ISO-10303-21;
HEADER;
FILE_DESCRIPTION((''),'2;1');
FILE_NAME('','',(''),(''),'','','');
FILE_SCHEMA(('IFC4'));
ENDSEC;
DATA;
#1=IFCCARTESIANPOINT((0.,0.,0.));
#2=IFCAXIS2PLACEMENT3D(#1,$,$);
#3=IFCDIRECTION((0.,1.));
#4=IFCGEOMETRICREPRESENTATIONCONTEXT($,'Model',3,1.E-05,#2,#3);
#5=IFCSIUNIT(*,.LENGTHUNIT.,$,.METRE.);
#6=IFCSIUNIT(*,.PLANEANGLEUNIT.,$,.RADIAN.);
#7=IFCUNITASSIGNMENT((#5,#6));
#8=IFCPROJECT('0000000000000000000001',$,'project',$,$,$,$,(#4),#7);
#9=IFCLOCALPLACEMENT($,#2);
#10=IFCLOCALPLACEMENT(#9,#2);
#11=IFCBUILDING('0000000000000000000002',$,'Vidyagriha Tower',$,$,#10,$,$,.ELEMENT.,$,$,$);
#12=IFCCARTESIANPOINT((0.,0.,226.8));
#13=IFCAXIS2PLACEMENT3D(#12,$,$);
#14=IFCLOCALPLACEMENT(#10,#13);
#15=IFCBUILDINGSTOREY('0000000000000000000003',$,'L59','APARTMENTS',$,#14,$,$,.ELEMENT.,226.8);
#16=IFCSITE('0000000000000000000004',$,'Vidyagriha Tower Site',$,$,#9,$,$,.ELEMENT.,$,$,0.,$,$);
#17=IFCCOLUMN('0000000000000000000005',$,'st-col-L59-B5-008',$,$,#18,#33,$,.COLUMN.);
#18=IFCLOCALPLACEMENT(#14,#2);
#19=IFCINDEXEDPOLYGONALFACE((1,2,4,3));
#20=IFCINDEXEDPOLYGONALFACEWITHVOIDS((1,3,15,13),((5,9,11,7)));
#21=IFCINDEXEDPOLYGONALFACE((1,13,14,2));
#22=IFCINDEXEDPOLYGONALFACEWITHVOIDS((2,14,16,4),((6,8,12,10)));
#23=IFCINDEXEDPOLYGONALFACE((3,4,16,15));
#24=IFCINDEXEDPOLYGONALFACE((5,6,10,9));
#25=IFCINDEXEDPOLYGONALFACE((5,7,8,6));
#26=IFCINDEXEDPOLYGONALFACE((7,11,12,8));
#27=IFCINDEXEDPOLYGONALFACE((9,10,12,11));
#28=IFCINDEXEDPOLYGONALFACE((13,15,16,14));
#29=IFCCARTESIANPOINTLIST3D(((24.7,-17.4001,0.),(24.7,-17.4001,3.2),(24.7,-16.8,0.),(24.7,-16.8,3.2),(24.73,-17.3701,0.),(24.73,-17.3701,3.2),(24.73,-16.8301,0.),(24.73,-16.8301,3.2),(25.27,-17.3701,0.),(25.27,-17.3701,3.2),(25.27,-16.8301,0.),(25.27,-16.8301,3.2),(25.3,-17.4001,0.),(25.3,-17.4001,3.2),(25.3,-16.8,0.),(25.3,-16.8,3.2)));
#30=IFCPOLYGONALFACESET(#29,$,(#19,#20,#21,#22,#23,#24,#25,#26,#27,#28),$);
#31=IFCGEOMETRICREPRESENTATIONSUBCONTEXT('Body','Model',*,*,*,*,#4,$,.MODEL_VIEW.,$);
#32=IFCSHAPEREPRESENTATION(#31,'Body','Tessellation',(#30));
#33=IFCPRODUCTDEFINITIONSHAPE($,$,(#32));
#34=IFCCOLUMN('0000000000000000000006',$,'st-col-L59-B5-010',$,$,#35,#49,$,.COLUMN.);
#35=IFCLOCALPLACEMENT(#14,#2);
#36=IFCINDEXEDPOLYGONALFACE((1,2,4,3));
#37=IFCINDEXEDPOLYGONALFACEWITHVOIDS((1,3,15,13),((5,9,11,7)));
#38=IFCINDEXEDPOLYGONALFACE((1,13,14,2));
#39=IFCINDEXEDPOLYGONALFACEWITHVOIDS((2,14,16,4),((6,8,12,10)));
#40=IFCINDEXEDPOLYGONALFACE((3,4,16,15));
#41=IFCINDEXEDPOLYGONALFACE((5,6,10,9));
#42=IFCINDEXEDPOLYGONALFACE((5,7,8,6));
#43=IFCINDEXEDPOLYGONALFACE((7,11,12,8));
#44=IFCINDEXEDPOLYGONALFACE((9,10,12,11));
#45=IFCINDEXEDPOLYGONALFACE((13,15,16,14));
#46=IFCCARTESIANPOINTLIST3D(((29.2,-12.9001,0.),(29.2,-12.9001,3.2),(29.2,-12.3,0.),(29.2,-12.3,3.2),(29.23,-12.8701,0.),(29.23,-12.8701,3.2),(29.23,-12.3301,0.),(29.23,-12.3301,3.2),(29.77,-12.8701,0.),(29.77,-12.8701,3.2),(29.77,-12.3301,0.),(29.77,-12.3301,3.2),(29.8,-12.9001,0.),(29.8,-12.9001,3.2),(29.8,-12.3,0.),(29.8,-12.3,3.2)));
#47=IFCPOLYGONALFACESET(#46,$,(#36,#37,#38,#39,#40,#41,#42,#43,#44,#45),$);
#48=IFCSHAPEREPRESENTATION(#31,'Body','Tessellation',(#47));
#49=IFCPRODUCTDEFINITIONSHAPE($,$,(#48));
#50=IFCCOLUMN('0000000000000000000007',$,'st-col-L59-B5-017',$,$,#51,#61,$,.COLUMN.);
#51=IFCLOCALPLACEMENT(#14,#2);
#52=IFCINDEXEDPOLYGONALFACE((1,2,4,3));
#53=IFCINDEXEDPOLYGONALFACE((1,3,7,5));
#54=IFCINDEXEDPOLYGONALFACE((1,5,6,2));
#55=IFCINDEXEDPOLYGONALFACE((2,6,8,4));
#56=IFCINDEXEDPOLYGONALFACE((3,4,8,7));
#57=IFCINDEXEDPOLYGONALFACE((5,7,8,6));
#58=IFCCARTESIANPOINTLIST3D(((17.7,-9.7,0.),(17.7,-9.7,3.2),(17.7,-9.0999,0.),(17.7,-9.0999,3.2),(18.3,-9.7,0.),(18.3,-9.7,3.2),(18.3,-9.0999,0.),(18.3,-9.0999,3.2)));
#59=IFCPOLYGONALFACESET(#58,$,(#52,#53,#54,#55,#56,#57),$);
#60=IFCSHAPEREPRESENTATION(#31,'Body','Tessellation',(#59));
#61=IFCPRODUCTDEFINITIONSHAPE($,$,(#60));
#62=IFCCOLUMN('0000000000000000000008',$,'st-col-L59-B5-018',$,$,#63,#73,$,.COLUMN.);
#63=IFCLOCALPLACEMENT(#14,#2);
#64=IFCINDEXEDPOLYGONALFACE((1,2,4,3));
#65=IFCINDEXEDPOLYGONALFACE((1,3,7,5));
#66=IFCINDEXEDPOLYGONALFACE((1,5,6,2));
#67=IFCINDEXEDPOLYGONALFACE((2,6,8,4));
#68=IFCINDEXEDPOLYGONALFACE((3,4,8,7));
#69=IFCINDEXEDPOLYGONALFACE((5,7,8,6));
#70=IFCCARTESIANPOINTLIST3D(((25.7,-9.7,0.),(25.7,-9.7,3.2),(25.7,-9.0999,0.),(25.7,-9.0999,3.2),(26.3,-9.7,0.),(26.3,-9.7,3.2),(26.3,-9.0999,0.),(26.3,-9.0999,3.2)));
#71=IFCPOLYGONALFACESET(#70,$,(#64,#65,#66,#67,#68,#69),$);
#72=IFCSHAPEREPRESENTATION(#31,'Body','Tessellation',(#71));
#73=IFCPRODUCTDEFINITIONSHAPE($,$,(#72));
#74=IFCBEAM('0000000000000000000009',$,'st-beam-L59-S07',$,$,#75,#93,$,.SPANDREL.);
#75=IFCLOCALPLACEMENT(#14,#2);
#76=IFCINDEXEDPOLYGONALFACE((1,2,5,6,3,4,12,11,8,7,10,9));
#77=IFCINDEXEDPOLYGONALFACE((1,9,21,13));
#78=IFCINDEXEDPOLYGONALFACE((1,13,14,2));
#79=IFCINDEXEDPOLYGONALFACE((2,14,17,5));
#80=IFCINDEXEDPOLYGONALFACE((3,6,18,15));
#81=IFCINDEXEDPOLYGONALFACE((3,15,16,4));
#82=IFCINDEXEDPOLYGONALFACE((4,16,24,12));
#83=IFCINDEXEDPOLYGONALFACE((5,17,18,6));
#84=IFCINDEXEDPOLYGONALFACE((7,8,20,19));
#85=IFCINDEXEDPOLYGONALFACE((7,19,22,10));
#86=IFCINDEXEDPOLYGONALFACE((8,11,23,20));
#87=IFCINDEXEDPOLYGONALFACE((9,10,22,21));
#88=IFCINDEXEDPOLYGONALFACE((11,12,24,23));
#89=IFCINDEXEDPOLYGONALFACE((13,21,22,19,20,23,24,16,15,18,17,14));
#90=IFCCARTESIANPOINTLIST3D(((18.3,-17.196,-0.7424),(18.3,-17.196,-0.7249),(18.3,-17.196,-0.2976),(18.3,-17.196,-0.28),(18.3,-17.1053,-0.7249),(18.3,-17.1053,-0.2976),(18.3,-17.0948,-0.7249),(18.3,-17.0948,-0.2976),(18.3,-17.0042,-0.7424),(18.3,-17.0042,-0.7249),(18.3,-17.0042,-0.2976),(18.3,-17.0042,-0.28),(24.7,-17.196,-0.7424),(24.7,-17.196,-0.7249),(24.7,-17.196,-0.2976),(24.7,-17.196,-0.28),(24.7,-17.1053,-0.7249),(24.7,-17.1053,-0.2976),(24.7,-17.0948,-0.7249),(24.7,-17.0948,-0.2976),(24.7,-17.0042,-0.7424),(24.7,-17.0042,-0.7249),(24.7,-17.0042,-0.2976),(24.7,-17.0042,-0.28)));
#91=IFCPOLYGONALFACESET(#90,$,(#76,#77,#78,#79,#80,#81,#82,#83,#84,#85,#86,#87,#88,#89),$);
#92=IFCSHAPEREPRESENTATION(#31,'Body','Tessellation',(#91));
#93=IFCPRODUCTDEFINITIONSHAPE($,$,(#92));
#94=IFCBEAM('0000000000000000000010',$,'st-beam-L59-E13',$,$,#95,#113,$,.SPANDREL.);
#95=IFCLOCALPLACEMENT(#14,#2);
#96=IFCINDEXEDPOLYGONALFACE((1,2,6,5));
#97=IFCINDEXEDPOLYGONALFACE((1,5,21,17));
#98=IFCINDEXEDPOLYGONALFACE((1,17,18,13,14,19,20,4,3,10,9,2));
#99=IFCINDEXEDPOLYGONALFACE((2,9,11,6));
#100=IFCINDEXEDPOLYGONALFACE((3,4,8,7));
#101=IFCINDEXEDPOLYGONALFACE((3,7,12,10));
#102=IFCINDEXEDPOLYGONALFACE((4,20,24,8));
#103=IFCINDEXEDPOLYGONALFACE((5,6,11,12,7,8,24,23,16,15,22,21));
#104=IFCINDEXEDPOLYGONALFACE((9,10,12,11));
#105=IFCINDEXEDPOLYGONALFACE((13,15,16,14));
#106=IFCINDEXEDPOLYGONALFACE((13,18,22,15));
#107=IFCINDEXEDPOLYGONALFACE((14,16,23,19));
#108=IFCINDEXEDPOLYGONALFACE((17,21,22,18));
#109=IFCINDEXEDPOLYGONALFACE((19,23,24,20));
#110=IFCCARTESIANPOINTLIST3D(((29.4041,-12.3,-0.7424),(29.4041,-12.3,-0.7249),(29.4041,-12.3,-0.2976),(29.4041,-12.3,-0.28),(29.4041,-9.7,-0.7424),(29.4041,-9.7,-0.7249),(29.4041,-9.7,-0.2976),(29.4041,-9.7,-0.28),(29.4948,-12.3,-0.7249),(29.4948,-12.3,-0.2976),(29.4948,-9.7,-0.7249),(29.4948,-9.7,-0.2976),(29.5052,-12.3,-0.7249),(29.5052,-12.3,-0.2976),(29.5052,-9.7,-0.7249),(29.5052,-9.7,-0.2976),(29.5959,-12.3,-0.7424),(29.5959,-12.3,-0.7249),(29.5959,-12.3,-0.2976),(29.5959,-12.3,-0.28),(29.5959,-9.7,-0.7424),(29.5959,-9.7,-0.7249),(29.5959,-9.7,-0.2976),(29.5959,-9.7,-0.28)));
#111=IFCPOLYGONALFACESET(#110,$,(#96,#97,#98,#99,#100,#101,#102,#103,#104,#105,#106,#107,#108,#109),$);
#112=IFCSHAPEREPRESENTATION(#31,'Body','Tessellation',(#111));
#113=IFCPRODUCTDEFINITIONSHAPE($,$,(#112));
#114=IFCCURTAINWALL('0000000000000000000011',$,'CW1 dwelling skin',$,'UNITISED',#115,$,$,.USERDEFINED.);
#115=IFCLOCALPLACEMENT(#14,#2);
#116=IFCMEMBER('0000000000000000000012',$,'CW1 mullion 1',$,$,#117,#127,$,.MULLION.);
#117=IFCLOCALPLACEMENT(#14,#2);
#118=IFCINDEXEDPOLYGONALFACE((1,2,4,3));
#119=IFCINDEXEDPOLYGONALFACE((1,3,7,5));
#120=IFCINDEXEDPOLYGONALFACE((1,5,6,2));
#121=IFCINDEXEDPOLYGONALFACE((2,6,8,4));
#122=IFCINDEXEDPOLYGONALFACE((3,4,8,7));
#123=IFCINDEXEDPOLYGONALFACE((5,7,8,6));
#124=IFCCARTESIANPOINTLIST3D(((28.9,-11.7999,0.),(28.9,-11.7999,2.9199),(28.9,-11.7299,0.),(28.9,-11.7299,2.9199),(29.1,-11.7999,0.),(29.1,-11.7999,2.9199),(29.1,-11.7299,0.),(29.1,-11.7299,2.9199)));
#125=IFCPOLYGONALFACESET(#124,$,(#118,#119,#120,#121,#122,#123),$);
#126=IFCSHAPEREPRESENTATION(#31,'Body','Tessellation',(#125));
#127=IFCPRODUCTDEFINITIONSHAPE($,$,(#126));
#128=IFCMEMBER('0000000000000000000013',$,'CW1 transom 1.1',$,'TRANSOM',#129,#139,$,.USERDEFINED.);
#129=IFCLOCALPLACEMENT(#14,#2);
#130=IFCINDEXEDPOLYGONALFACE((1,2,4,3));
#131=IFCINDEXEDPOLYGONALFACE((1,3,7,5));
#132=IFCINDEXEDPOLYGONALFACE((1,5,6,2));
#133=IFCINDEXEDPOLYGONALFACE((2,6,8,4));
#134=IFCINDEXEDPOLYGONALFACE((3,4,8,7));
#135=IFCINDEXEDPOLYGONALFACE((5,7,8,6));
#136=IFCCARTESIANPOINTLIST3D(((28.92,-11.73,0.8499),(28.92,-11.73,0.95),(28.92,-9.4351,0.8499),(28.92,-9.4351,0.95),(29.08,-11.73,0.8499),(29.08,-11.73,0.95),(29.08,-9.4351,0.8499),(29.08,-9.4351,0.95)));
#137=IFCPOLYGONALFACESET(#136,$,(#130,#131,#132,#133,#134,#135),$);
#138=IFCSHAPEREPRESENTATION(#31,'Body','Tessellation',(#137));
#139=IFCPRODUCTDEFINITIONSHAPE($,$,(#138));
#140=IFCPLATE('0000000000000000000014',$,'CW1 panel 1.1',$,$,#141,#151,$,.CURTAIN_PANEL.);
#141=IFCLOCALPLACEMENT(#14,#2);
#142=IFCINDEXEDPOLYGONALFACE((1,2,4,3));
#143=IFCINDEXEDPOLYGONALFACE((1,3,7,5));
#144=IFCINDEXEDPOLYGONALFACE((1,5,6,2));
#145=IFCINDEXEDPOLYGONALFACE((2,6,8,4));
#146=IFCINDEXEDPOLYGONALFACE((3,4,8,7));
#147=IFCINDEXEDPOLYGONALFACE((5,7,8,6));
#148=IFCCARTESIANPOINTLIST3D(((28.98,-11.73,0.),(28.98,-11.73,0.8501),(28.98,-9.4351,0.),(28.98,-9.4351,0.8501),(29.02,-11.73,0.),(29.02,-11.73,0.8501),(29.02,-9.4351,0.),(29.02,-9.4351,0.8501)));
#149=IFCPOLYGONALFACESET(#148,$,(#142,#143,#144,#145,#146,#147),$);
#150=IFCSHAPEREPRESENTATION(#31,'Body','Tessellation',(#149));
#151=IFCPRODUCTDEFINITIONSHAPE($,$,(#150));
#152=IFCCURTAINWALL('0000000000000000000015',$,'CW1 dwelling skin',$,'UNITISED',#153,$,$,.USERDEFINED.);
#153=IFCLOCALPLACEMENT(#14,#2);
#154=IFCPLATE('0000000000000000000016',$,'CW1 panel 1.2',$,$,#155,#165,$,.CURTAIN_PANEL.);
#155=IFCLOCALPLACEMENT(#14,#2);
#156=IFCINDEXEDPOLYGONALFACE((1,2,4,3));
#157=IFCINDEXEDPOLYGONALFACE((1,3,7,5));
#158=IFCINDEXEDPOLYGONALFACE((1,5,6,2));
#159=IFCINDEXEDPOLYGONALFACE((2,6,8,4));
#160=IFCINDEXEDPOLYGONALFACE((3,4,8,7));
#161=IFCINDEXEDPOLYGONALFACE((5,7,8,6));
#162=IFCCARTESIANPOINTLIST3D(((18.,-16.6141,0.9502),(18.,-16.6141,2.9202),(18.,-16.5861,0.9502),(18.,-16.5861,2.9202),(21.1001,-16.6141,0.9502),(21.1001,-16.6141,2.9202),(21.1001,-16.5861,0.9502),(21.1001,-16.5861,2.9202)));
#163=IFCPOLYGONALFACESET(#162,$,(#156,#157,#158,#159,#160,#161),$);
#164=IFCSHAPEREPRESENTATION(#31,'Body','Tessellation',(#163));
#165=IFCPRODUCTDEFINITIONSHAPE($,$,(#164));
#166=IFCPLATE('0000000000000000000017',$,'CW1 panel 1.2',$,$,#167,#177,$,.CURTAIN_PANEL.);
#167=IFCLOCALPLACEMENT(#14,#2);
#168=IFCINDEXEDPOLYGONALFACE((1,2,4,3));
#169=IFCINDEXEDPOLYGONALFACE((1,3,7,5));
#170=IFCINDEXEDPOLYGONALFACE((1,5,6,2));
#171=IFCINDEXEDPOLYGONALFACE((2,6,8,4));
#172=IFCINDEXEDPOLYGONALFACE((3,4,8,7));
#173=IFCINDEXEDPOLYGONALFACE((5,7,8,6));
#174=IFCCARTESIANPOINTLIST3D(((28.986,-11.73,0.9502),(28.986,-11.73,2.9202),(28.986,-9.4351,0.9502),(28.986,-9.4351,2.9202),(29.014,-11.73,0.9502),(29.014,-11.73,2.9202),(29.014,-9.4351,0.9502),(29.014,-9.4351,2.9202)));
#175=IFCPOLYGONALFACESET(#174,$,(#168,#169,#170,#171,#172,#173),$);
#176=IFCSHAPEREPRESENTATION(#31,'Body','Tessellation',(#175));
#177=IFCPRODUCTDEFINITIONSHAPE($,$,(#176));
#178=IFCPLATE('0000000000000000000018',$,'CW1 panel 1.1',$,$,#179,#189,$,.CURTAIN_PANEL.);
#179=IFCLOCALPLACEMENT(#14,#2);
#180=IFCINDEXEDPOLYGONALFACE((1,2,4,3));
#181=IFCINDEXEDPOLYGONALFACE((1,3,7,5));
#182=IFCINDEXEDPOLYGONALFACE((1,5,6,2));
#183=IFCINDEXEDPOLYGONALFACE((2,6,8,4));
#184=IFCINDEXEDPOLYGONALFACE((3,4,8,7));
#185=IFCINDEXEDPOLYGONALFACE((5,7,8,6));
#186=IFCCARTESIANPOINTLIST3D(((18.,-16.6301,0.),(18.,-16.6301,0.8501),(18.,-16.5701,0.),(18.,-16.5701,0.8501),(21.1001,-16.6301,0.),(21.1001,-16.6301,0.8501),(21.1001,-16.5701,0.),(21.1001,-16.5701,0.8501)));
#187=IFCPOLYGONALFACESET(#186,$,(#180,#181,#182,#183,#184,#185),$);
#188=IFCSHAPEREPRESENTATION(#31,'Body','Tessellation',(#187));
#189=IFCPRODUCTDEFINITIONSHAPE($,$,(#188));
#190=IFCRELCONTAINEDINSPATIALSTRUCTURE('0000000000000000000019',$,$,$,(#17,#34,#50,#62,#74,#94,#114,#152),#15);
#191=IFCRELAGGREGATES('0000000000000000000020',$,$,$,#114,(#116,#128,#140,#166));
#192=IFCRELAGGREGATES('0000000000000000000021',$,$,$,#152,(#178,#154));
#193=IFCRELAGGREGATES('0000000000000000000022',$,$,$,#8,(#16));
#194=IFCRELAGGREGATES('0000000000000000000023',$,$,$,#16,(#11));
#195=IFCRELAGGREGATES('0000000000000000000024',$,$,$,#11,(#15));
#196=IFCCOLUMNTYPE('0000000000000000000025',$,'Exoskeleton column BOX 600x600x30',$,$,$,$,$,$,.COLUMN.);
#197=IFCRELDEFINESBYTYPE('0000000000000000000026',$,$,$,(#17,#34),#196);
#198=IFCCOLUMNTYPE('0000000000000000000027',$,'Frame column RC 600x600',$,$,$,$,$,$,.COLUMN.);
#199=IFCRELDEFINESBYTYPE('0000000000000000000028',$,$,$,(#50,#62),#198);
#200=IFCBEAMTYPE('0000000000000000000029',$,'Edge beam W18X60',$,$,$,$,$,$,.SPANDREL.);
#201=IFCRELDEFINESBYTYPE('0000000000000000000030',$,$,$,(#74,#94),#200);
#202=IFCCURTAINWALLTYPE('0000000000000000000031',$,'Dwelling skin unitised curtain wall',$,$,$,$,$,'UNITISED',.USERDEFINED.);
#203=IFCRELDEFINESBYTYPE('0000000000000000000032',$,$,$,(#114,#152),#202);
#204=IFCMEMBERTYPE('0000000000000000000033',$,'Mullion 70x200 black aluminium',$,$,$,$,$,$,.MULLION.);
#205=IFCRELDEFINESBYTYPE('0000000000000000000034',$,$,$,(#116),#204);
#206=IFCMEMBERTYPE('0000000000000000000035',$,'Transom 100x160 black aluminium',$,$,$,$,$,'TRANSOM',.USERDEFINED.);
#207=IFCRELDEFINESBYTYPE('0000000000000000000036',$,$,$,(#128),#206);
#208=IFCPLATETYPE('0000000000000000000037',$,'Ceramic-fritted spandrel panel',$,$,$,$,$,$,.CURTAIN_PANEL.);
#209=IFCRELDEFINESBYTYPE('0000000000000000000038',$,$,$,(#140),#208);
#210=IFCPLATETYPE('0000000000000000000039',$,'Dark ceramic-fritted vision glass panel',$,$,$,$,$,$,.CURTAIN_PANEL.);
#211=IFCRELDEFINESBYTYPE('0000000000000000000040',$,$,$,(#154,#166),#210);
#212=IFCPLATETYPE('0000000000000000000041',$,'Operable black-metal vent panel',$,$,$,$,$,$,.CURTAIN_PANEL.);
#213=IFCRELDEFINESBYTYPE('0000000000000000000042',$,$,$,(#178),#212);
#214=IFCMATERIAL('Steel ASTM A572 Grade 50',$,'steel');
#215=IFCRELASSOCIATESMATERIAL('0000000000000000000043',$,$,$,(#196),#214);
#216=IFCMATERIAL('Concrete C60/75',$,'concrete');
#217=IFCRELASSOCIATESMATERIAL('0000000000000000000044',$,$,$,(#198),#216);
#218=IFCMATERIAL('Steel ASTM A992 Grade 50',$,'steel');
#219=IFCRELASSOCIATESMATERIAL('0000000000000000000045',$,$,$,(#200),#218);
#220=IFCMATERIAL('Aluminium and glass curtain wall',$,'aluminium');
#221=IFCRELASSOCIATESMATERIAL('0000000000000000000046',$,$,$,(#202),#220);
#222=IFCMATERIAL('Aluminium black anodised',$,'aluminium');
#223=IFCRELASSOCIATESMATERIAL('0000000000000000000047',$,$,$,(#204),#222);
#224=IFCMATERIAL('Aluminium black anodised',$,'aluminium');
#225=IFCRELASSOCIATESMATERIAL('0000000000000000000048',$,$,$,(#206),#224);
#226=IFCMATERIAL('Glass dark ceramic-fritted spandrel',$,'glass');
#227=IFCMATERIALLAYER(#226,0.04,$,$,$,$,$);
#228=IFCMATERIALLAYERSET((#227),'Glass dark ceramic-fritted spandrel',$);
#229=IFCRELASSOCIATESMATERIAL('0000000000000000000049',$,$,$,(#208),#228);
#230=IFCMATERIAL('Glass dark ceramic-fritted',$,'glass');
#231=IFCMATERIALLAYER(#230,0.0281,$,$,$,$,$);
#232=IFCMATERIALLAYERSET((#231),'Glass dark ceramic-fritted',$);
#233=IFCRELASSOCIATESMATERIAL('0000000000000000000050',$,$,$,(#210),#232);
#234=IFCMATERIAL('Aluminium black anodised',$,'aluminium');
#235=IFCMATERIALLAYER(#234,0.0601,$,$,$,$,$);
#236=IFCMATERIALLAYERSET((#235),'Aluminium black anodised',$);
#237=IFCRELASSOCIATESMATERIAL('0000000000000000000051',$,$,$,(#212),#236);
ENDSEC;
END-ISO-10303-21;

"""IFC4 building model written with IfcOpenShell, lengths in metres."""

from ifc_helpers import new_model, si_unit, direction, frame, origin, origin_2d, place, context, subcontext, project, spatial, rectangle, hollow_rectangle, i_section, extrude, material, layer, layer_set, material_profile, profile_set, type_object, element, aggregate, save


model = new_model("IFC4")

# Units and contexts
model_context = context("Model", 3, precision=1e-05, world=origin(), true_north=direction((0.0, 1.0)))
body_context = subcontext(model_context, "Body", "Model", "MODEL_VIEW")
ifc_project = project(units=[si_unit("LENGTHUNIT", "METRE"), si_unit("PLANEANGLEUNIT", "RADIAN")], contexts=[model_context])

# Site, building, storey
site_placement = place(None, origin())
site = spatial("IfcSite", under=ifc_project, at=site_placement, Name="Vidyagriha Tower Site", CompositionType="ELEMENT", RefElevation=0.0)
building_placement = place(site_placement, origin())
building = spatial("IfcBuilding", under=site, at=building_placement, Name="Vidyagriha Tower", CompositionType="ELEMENT")
storey_placement = place(building_placement, frame((0.0, 0.0, 226.8)))
storey = spatial("IfcBuildingStorey", under=building, at=storey_placement, Name="L59", Description="APARTMENTS", CompositionType="ELEMENT", Elevation=226.8)

# Columns
ifc_material_1 = material(Name="Steel ASTM A572 Grade 50", Category="steel")
ifc_material_profile_1 = material_profile(ifc_material_1, hollow_rectangle(XDim=0.6001, YDim=0.6001, WallThickness=0.03, at=origin_2d()), Name="BOX 600x600x30")
ifc_profile_set_1 = profile_set([ifc_material_profile_1], Name="Steel ASTM A572 Grade 50")
column_type_1 = type_object("IfcColumnType", Name="Exoskeleton column BOX 600x600x30", PredefinedType="COLUMN", material=ifc_profile_set_1)
for number, where, name in (
    (1, (25.0, -17.1001, 0.0), "st-col-L59-B5-008"),
    (2, (29.5, -12.6001, 0.0), "st-col-L59-B5-010"),
):
    element("IfcColumn", number, at=place(storey_placement, frame(where)), inside=storey, type_object=column_type_1, Name=name, PredefinedType="COLUMN", context=body_context, shape_type="SweptSolid", body=[
        extrude(hollow_rectangle(XDim=0.6001, YDim=0.6001, WallThickness=0.03, at=origin_2d()), origin(), (0.0, 0.0, 1.0), 3.2),
    ])
ifc_material_2 = material(Name="Concrete C60/75", Category="concrete")
ifc_material_profile_2 = material_profile(ifc_material_2, rectangle(XDim=0.6001, YDim=0.6001, at=origin_2d()), Name="RC 600x600")
ifc_profile_set_2 = profile_set([ifc_material_profile_2], Name="Concrete C60/75")
column_type_2 = type_object("IfcColumnType", Name="Frame column RC 600x600", PredefinedType="COLUMN", material=ifc_profile_set_2)
for number, where, name in (
    (3, (18.0, -9.3999, 0.0), "st-col-L59-B5-017"),
    (4, (26.0, -9.3999, 0.0), "st-col-L59-B5-018"),
):
    element("IfcColumn", number, at=place(storey_placement, frame(where)), inside=storey, type_object=column_type_2, Name=name, PredefinedType="COLUMN", context=body_context, shape_type="SweptSolid", body=[
        extrude(rectangle(XDim=0.6001, YDim=0.6001, at=origin_2d()), origin(), (0.0, 0.0, 1.0), 3.2),
    ])

# Beams
ifc_material_3 = material(Name="Steel ASTM A992 Grade 50", Category="steel")
ifc_material_profile_3 = material_profile(ifc_material_3, i_section(OverallWidth=0.1919, OverallDepth=0.4624, WebThickness=0.0105, FlangeThickness=0.0176, at=origin_2d()), Name="W18X60")
ifc_profile_set_3 = profile_set([ifc_material_profile_3], Name="Steel ASTM A992 Grade 50")
beam_type = type_object("IfcBeamType", Name="Edge beam W18X60", PredefinedType="SPANDREL", material=ifc_profile_set_3)
beam_1_placement = place(storey_placement, frame((18.3, -17.1001, -0.5112), z_axis=(1.0, 0.0, 0.0), x_axis=(0.0, 1.0, 0.0)))
element("IfcBeam", 5, at=beam_1_placement, inside=storey, type_object=beam_type, Name="st-beam-L59-S07", PredefinedType="SPANDREL", context=body_context, shape_type="SweptSolid", body=[
    extrude(i_section(OverallWidth=0.1919, OverallDepth=0.4624, WebThickness=0.0105, FlangeThickness=0.0176, at=origin_2d()), origin(), (0.0, 0.0, 1.0), 6.3999),
])
beam_2_placement = place(storey_placement, frame((29.5, -12.3, -0.5112), z_axis=(0.0, 1.0, 0.0), x_axis=(-1.0, 0.0, 0.0)))
element("IfcBeam", 6, at=beam_2_placement, inside=storey, type_object=beam_type, Name="st-beam-L59-E13", PredefinedType="SPANDREL", context=body_context, shape_type="SweptSolid", body=[
    extrude(i_section(OverallWidth=0.1919, OverallDepth=0.4624, WebThickness=0.0105, FlangeThickness=0.0176, at=origin_2d()), origin(), (0.0, 0.0, 1.0), 2.6001),
])

# Curtain wall, members, plate
ifc_material_4 = material(Name="Aluminium and glass curtain wall", Category="aluminium")
curtain_wall_type = type_object("IfcCurtainWallType", Name="Dwelling skin unitised curtain wall", ElementType="UNITISED", PredefinedType="USERDEFINED", material=ifc_material_4)
curtain_wall_1_placement = place(storey_placement, origin())
curtain_wall_1 = element("IfcCurtainWall", 7, at=curtain_wall_1_placement, inside=storey, type_object=curtain_wall_type, Name="CW1 dwelling skin", ObjectType="UNITISED", PredefinedType="USERDEFINED")
ifc_material_5 = material(Name="Aluminium black anodised", Category="aluminium")
ifc_material_profile_4 = material_profile(ifc_material_5, rectangle(XDim=0.2, YDim=0.0701, at=origin_2d()), Name="Mullion 70x200 black aluminium")
ifc_profile_set_4 = profile_set([ifc_material_profile_4], Name="Aluminium black anodised")
member_type_1 = type_object("IfcMemberType", Name="Mullion 70x200 black aluminium", PredefinedType="MULLION", material=ifc_profile_set_4)
member_1_placement = place(storey_placement, frame((29.0, -11.7649, 0.0), z_axis=(0.0, 0.0, 1.0), x_axis=(-1.0, 0.0, 0.0)))
member_1 = element("IfcMember", 8, at=member_1_placement, type_object=member_type_1, Name="CW1 mullion 1", PredefinedType="MULLION", context=body_context, shape_type="SweptSolid", body=[
    extrude(rectangle(XDim=0.2, YDim=0.0701, at=origin_2d()), origin(), (0.0, 0.0, 1.0), 2.9199),
])
ifc_material_6 = material(Name="Aluminium black anodised", Category="aluminium")
ifc_material_profile_5 = material_profile(ifc_material_6, rectangle(XDim=0.1599, YDim=0.1001, at=origin_2d()), Name="Transom 100x160 black aluminium")
ifc_profile_set_5 = profile_set([ifc_material_profile_5], Name="Aluminium black anodised")
member_type_2 = type_object("IfcMemberType", Name="Transom 100x160 black aluminium", ElementType="TRANSOM", PredefinedType="USERDEFINED", material=ifc_profile_set_5)
member_2_placement = place(storey_placement, frame((29.0, -11.73, 0.8999), z_axis=(0.0, 1.0, 0.0), x_axis=(-1.0, 0.0, 0.0)))
member_2 = element("IfcMember", 9, at=member_2_placement, type_object=member_type_2, Name="CW1 transom 1.1", ObjectType="TRANSOM", PredefinedType="USERDEFINED", context=body_context, shape_type="SweptSolid", body=[
    extrude(rectangle(XDim=0.1599, YDim=0.1001, at=origin_2d()), origin(), (0.0, 0.0, 1.0), 2.2949),
])
ifc_material_7 = material(Name="Glass dark ceramic-fritted spandrel", Category="glass")
ifc_layer_1 = layer(ifc_material_7, 0.04)
ifc_layer_set_1 = layer_set([ifc_layer_1], Name="Glass dark ceramic-fritted spandrel")
plate_type_1 = type_object("IfcPlateType", Name="Ceramic-fritted spandrel panel", PredefinedType="CURTAIN_PANEL", material=ifc_layer_set_1)
plate_1_placement = place(storey_placement, frame((29.0, -10.5825, 0.0), z_axis=(0.0, 0.0, 1.0), x_axis=(0.0, 1.0, 0.0)))
plate_1 = element("IfcPlate", 10, at=plate_1_placement, type_object=plate_type_1, Name="CW1 panel 1.1", PredefinedType="CURTAIN_PANEL", context=body_context, shape_type="SweptSolid", body=[
    extrude(rectangle(XDim=2.2949, YDim=0.04, at=origin_2d()), origin(), (0.0, 0.0, 1.0), 0.8501),
])

# Curtain wall, plate
curtain_wall_2_placement = place(storey_placement, origin())
curtain_wall_2 = element("IfcCurtainWall", 11, at=curtain_wall_2_placement, inside=storey, type_object=curtain_wall_type, Name="CW1 dwelling skin", ObjectType="UNITISED", PredefinedType="USERDEFINED")
ifc_material_8 = material(Name="Glass dark ceramic-fritted", Category="glass")
ifc_layer_2 = layer(ifc_material_8, 0.0281)
ifc_layer_set_2 = layer_set([ifc_layer_2], Name="Glass dark ceramic-fritted")
plate_type_2 = type_object("IfcPlateType", Name="Dark ceramic-fritted vision glass panel", PredefinedType="CURTAIN_PANEL", material=ifc_layer_set_2)
plate_2_placement = place(storey_placement, frame((19.55, -16.6001, 0.9502)))
plate_2 = element("IfcPlate", 12, at=plate_2_placement, type_object=plate_type_2, Name="CW1 panel 1.2", PredefinedType="CURTAIN_PANEL", context=body_context, shape_type="SweptSolid", body=[
    extrude(rectangle(XDim=3.1001, YDim=0.0281, at=origin_2d()), origin(), (0.0, 0.0, 1.0), 1.97),
])

# Plates
plate_3_placement = place(storey_placement, frame((29.0, -10.5825, 0.9502), z_axis=(0.0, 0.0, 1.0), x_axis=(0.0, 1.0, 0.0)))
plate_3 = element("IfcPlate", 13, at=plate_3_placement, type_object=plate_type_2, Name="CW1 panel 1.2", PredefinedType="CURTAIN_PANEL", context=body_context, shape_type="SweptSolid", body=[
    extrude(rectangle(XDim=2.2949, YDim=0.0281, at=origin_2d()), origin(), (0.0, 0.0, 1.0), 1.97),
])
aggregate(curtain_wall_1, [member_1, member_2, plate_1, plate_3])
ifc_material_9 = material(Name="Aluminium black anodised", Category="aluminium")
ifc_layer_3 = layer(ifc_material_9, 0.0601)
ifc_layer_set_3 = layer_set([ifc_layer_3], Name="Aluminium black anodised")
plate_type_3 = type_object("IfcPlateType", Name="Operable black-metal vent panel", PredefinedType="CURTAIN_PANEL", material=ifc_layer_set_3)
plate_4_placement = place(storey_placement, frame((19.55, -16.6001, 0.0)))
plate_4 = element("IfcPlate", 14, at=plate_4_placement, type_object=plate_type_3, Name="CW1 panel 1.1", PredefinedType="CURTAIN_PANEL", context=body_context, shape_type="SweptSolid", body=[
    extrude(rectangle(XDim=3.1001, YDim=0.0601, at=origin_2d()), origin(), (0.0, 0.0, 1.0), 0.8501),
])
aggregate(curtain_wall_2, [plate_4, plate_2])

save(model, "model.ifc")
